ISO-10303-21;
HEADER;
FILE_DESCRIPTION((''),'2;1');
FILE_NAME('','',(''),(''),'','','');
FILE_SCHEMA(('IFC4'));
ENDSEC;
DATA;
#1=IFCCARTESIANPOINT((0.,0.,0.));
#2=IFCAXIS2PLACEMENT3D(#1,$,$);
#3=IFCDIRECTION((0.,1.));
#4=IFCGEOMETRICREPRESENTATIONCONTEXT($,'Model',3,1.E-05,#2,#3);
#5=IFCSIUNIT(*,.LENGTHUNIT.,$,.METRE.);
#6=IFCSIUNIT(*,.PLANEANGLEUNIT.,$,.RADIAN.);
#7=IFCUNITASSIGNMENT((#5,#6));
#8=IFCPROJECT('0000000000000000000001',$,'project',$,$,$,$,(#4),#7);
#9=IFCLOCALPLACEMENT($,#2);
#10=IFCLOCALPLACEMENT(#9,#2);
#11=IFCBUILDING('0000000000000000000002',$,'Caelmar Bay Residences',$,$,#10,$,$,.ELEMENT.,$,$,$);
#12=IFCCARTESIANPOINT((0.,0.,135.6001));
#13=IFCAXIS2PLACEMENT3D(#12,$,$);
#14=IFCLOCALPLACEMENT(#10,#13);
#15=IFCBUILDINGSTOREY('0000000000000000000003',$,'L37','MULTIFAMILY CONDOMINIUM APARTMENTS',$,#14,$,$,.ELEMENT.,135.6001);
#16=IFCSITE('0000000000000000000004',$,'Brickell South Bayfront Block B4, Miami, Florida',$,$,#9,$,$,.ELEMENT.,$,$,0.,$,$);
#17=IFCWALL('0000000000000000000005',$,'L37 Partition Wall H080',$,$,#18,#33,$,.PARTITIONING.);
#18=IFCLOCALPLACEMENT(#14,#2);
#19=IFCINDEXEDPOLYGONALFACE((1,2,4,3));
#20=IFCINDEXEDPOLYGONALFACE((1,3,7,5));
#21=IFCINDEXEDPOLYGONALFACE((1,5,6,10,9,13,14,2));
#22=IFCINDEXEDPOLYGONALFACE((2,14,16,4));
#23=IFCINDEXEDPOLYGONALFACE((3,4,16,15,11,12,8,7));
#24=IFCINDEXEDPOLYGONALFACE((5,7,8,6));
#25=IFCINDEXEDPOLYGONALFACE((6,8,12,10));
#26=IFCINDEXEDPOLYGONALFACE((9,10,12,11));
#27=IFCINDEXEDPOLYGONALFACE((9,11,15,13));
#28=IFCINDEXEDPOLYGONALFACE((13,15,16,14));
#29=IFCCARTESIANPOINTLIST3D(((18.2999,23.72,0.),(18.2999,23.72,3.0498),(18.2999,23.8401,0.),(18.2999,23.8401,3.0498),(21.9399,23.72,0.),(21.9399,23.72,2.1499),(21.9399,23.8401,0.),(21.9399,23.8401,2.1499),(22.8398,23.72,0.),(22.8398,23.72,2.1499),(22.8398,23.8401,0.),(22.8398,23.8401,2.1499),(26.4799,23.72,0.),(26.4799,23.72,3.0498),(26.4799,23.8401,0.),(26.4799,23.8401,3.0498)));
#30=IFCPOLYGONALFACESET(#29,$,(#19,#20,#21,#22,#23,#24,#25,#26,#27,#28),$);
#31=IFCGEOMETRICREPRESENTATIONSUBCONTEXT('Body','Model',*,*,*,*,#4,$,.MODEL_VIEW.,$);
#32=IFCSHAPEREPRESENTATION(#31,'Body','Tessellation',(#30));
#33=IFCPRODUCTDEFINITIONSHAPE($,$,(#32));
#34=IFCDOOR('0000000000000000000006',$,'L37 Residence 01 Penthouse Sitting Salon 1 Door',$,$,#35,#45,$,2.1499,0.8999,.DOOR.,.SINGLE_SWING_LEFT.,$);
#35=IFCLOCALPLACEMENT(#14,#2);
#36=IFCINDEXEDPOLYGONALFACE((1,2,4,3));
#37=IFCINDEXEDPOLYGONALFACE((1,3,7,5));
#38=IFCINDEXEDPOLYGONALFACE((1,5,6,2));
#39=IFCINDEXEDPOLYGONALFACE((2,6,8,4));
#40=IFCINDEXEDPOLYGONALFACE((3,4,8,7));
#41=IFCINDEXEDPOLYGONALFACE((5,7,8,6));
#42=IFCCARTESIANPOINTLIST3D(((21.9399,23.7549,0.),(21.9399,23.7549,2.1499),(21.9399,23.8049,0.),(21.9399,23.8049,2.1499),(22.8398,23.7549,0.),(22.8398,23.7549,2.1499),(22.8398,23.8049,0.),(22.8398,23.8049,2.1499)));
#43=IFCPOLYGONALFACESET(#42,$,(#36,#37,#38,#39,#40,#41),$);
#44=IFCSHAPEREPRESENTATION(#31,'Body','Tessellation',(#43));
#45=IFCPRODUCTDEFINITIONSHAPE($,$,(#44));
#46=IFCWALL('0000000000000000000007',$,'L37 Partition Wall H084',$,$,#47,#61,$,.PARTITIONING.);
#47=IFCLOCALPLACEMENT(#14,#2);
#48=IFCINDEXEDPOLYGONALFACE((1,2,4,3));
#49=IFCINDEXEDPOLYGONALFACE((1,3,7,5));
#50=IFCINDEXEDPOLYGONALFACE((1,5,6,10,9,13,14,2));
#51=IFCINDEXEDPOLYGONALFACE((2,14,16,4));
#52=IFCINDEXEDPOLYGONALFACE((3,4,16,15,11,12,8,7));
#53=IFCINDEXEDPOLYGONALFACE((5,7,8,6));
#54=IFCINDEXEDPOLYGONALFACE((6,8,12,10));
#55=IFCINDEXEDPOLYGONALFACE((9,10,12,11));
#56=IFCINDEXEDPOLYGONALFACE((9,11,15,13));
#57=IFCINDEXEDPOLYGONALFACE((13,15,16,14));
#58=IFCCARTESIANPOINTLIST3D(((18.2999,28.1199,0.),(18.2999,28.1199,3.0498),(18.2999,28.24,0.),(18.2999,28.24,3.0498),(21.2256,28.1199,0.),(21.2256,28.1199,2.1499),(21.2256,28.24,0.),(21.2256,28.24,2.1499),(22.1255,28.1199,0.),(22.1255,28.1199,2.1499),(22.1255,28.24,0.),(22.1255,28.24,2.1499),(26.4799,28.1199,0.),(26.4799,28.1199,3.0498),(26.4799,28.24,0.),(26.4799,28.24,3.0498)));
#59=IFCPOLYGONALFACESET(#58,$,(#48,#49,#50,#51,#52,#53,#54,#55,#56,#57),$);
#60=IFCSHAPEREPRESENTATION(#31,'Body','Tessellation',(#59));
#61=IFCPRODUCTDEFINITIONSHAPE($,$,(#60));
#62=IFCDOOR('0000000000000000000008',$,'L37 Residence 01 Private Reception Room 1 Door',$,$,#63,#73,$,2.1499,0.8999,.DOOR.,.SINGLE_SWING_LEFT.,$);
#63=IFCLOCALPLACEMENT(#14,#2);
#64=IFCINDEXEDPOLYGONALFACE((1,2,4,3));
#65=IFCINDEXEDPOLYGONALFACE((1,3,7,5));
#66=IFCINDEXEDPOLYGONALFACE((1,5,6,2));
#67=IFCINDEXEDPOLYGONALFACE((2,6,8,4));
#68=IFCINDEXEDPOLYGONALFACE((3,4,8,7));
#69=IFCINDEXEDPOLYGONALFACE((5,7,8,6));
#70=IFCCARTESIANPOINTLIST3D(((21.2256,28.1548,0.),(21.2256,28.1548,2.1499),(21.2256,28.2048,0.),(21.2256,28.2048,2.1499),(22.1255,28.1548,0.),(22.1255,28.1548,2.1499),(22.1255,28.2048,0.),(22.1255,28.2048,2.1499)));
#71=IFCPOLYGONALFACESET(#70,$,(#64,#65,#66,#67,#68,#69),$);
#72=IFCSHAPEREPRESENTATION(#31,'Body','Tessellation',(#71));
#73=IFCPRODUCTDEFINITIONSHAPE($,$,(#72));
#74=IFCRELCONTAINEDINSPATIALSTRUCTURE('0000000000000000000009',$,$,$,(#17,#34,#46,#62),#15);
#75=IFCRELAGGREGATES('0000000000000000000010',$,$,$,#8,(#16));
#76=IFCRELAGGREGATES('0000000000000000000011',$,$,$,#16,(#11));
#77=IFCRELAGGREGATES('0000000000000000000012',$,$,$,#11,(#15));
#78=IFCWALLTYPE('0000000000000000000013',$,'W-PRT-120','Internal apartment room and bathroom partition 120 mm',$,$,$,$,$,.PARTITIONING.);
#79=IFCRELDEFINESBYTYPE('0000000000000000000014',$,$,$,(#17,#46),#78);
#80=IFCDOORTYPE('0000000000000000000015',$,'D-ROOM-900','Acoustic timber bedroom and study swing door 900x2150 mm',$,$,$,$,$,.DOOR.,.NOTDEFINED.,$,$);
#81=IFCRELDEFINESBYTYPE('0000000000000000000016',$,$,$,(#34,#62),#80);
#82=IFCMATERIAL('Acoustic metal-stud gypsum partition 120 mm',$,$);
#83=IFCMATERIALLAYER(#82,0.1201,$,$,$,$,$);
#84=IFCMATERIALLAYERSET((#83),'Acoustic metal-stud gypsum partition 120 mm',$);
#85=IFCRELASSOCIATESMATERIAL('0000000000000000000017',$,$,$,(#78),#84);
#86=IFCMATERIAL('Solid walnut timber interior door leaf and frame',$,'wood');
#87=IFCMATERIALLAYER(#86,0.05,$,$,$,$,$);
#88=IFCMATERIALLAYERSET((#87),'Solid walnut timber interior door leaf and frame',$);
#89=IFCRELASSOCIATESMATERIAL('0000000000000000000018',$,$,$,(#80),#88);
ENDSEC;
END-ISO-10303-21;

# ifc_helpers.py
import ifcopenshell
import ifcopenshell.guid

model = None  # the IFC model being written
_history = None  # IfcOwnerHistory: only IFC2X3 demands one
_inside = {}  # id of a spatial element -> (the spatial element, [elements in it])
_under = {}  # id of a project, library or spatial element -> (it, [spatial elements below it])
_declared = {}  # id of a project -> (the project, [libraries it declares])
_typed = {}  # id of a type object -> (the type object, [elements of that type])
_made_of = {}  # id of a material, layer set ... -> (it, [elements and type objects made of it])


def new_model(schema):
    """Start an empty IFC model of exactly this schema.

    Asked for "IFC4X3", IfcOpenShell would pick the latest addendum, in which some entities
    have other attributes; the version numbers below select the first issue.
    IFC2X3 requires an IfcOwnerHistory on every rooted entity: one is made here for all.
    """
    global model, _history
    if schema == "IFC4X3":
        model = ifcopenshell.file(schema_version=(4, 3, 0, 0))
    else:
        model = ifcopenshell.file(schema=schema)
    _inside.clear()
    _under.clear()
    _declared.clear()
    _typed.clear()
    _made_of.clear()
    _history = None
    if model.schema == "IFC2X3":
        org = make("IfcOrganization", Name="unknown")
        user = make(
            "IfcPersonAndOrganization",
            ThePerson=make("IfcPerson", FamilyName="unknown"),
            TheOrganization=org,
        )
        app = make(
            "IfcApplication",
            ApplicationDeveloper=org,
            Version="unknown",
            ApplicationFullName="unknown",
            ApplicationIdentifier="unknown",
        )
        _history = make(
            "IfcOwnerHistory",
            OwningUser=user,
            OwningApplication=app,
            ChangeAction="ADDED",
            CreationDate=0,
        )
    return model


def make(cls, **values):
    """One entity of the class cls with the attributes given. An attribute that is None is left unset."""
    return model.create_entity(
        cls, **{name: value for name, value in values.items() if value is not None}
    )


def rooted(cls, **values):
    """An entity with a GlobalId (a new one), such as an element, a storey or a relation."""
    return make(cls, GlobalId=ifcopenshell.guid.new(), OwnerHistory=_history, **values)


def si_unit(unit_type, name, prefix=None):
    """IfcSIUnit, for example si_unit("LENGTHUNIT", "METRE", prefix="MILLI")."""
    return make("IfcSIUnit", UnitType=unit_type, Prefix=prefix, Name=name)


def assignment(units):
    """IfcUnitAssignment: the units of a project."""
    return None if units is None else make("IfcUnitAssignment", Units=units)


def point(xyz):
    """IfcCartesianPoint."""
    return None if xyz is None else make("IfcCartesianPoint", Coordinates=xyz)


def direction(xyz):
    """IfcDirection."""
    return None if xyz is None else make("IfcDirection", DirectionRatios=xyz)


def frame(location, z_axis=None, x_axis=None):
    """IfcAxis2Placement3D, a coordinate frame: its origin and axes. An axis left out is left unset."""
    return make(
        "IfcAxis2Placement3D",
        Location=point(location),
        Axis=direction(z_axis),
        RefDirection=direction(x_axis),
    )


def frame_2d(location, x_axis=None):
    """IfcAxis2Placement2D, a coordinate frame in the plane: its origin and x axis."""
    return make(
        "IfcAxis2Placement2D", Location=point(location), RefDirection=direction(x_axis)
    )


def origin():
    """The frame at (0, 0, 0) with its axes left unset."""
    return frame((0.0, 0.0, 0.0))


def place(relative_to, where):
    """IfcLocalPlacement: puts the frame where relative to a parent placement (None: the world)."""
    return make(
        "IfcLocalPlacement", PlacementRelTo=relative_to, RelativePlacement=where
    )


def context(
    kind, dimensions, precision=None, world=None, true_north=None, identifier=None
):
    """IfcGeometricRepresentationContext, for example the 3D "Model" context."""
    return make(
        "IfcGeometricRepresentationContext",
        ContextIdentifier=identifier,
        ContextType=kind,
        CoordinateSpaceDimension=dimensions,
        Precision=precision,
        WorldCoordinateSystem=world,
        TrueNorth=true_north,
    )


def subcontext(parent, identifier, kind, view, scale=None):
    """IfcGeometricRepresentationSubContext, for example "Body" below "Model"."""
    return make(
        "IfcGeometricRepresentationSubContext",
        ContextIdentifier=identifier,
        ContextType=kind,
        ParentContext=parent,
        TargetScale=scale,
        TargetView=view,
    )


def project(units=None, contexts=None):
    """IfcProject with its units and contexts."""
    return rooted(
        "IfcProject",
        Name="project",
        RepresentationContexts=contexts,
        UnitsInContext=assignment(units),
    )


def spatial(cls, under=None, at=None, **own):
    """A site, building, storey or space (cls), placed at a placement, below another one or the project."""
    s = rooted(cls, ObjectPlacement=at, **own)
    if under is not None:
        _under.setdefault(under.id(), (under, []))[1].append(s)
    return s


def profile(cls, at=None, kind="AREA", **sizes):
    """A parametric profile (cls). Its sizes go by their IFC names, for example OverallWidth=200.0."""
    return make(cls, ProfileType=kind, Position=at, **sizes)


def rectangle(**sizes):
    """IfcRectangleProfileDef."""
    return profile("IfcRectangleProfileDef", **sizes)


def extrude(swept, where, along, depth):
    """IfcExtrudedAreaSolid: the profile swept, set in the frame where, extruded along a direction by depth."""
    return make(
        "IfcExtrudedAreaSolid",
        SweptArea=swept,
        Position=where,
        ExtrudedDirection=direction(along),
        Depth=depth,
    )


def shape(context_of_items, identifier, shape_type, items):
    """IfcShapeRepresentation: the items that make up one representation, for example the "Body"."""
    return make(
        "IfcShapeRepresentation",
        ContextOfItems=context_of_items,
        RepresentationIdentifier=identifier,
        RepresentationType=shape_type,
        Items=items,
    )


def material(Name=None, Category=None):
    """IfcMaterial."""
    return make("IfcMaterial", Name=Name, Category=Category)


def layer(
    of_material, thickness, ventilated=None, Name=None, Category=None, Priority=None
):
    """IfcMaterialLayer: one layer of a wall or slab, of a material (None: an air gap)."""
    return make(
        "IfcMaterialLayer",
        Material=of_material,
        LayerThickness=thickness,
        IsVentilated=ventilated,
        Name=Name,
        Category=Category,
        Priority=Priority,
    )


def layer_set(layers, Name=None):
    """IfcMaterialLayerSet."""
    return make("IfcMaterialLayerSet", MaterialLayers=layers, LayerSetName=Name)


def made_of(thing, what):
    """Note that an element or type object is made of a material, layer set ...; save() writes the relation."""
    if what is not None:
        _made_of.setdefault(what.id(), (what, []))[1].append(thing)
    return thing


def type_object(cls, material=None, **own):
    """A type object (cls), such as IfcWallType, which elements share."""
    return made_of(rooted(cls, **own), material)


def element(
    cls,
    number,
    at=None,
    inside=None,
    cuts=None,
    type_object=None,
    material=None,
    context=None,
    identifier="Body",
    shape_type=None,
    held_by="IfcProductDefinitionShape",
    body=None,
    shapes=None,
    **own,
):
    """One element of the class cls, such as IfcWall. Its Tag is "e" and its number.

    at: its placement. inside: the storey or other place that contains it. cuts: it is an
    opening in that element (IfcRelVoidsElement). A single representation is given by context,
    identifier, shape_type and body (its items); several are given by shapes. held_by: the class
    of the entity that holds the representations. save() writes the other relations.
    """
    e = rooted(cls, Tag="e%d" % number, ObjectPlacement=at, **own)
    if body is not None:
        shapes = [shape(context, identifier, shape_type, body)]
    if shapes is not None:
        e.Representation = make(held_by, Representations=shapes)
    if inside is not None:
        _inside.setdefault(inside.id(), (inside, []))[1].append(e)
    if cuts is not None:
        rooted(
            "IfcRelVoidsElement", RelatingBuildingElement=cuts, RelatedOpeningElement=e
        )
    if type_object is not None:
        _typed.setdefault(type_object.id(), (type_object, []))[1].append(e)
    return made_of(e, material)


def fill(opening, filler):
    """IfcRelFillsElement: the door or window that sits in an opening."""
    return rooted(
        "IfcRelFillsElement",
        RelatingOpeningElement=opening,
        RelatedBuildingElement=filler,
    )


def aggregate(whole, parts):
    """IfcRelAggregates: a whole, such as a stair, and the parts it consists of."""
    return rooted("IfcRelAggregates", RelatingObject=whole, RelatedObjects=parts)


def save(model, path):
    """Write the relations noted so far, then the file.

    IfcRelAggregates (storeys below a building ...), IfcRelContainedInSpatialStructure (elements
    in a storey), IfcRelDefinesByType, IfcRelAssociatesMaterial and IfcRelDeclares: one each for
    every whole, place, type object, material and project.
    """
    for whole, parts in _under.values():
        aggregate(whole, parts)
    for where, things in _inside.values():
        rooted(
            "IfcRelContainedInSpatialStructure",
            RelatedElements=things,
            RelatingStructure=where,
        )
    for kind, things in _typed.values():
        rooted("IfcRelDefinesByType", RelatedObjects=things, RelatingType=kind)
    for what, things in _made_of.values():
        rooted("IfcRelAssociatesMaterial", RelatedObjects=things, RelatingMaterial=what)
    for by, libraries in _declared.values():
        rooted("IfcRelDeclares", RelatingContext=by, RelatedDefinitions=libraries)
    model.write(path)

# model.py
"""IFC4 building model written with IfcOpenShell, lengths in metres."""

from ifc_helpers import new_model, si_unit, direction, frame, frame_2d, origin, place, context, subcontext, project, spatial, rectangle, extrude, material, layer, layer_set, type_object, element, fill, save


model = new_model("IFC4")

# Units and contexts
model_context = context("Model", 3, precision=1e-05, world=origin(), true_north=direction((0.0, 1.0)))
body_context = subcontext(model_context, "Body", "Model", "MODEL_VIEW")
ifc_project = project(units=[si_unit("LENGTHUNIT", "METRE"), si_unit("PLANEANGLEUNIT", "RADIAN")], contexts=[model_context])

# Site, building, storey
site_placement = place(None, origin())
site = spatial("IfcSite", under=ifc_project, at=site_placement, Name="Brickell South Bayfront Block B4, Miami, Florida", CompositionType="ELEMENT", RefElevation=0.0)
building_placement = place(site_placement, origin())
building = spatial("IfcBuilding", under=site, at=building_placement, Name="Caelmar Bay Residences", CompositionType="ELEMENT")
storey_placement = place(building_placement, frame((0.0, 0.0, 135.6001)))
storey = spatial("IfcBuildingStorey", under=building, at=storey_placement, Name="L37", Description="MULTIFAMILY CONDOMINIUM APARTMENTS", CompositionType="ELEMENT", Elevation=135.6001)

# Shared definitions
ifc_material_1 = material(Name="Acoustic metal-stud gypsum partition 120 mm")
ifc_layer_1 = layer(ifc_material_1, 0.1201)
ifc_layer_set_1 = layer_set([ifc_layer_1], Name="Acoustic metal-stud gypsum partition 120 mm")
wall_type_1 = type_object("IfcWallType", Name="W-PRT-120", Description="Internal apartment room and bathroom partition 120 mm", PredefinedType="PARTITIONING", material=ifc_layer_set_1)

# Walls, openings, doors
ifc_material_2 = material(Name="Solid walnut timber interior door leaf and frame", Category="wood")
wall_1_placement = place(storey_placement, frame((18.3, 23.78, 0.0), z_axis=(0.0, 0.0, 1.0), x_axis=(1.0, 0.0, 0.0)))
wall_1 = element("IfcWall", 1, at=wall_1_placement, inside=storey, type_object=wall_type_1, Name="L37 Partition Wall H080", PredefinedType="PARTITIONING", context=body_context, shape_type="SweptSolid", body=[
    extrude(rectangle(XDim=8.1799, YDim=0.1201, at=frame_2d((4.0898, 0.0))), origin(), (0.0, 0.0, 1.0), 3.0498),
])
opening_1_placement = place(wall_1_placement, frame((3.6399, 0.0, 0.0)))
opening_1 = element("IfcOpeningElement", 2, at=opening_1_placement, cuts=wall_1, PredefinedType="OPENING", context=body_context, shape_type="SweptSolid", body=[
    extrude(rectangle(XDim=0.8999, YDim=2.1499, at=frame_2d((0.45, 1.075))), frame((0.0, 0.0701, 0.0), z_axis=(0.0, -1.0, 0.0), x_axis=(1.0, 0.0, 0.0)), (0.0, 0.0, 1.0), 0.1401),
])
ifc_layer_2 = layer(ifc_material_2, 0.05)
ifc_layer_set_2 = layer_set([ifc_layer_2], Name="Solid walnut timber interior door leaf and frame")
door_type_1 = type_object("IfcDoorType", Name="D-ROOM-900", Description="Acoustic timber bedroom and study swing door 900x2150 mm", OperationType="NOTDEFINED", PredefinedType="DOOR", material=ifc_layer_set_2)
door_1_placement = place(opening_1_placement, origin())
door_1 = element("IfcDoor", 3, at=door_1_placement, inside=storey, type_object=door_type_1, Name="L37 Residence 01 Penthouse Sitting Salon 1 Door", OperationType="SINGLE_SWING_LEFT", OverallHeight=2.1499, OverallWidth=0.8999, PredefinedType="DOOR", context=body_context, shape_type="SweptSolid", body=[
    extrude(rectangle(XDim=0.8999, YDim=2.1499, at=frame_2d((0.45, 1.075))), frame((0.0, 0.0249, 0.0), z_axis=(0.0, -1.0, 0.0), x_axis=(1.0, 0.0, 0.0)), (0.0, 0.0, 1.0), 0.05),
])
fill(opening_1, door_1)
wall_2_placement = place(storey_placement, frame((18.3, 28.1799, 0.0), z_axis=(0.0, 0.0, 1.0), x_axis=(1.0, 0.0, 0.0)))
wall_2 = element("IfcWall", 4, at=wall_2_placement, inside=storey, type_object=wall_type_1, Name="L37 Partition Wall H084", PredefinedType="PARTITIONING", context=body_context, shape_type="SweptSolid", body=[
    extrude(rectangle(XDim=8.1799, YDim=0.1201, at=frame_2d((4.0898, 0.0))), origin(), (0.0, 0.0, 1.0), 3.0498),
])
opening_2_placement = place(wall_2_placement, frame((2.9255, 0.0, 0.0)))
opening_2 = element("IfcOpeningElement", 5, at=opening_2_placement, cuts=wall_2, PredefinedType="OPENING", context=body_context, shape_type="SweptSolid", body=[
    extrude(rectangle(XDim=0.8999, YDim=2.1499, at=frame_2d((0.45, 1.075))), frame((0.0, 0.0701, 0.0), z_axis=(0.0, -1.0, 0.0), x_axis=(1.0, 0.0, 0.0)), (0.0, 0.0, 1.0), 0.1401),
])
door_2_placement = place(opening_2_placement, origin())
door_2 = element("IfcDoor", 6, at=door_2_placement, inside=storey, type_object=door_type_1, Name="L37 Residence 01 Private Reception Room 1 Door", OperationType="SINGLE_SWING_LEFT", OverallHeight=2.1499, OverallWidth=0.8999, PredefinedType="DOOR", context=body_context, shape_type="SweptSolid", body=[
    extrude(rectangle(XDim=0.8999, YDim=2.1499, at=frame_2d((0.45, 1.075))), frame((0.0, 0.0249, 0.0), z_axis=(0.0, -1.0, 0.0), x_axis=(1.0, 0.0, 0.0)), (0.0, 0.0, 1.0), 0.05),
])
fill(opening_2, door_2)

save(model, "model.ifc")
